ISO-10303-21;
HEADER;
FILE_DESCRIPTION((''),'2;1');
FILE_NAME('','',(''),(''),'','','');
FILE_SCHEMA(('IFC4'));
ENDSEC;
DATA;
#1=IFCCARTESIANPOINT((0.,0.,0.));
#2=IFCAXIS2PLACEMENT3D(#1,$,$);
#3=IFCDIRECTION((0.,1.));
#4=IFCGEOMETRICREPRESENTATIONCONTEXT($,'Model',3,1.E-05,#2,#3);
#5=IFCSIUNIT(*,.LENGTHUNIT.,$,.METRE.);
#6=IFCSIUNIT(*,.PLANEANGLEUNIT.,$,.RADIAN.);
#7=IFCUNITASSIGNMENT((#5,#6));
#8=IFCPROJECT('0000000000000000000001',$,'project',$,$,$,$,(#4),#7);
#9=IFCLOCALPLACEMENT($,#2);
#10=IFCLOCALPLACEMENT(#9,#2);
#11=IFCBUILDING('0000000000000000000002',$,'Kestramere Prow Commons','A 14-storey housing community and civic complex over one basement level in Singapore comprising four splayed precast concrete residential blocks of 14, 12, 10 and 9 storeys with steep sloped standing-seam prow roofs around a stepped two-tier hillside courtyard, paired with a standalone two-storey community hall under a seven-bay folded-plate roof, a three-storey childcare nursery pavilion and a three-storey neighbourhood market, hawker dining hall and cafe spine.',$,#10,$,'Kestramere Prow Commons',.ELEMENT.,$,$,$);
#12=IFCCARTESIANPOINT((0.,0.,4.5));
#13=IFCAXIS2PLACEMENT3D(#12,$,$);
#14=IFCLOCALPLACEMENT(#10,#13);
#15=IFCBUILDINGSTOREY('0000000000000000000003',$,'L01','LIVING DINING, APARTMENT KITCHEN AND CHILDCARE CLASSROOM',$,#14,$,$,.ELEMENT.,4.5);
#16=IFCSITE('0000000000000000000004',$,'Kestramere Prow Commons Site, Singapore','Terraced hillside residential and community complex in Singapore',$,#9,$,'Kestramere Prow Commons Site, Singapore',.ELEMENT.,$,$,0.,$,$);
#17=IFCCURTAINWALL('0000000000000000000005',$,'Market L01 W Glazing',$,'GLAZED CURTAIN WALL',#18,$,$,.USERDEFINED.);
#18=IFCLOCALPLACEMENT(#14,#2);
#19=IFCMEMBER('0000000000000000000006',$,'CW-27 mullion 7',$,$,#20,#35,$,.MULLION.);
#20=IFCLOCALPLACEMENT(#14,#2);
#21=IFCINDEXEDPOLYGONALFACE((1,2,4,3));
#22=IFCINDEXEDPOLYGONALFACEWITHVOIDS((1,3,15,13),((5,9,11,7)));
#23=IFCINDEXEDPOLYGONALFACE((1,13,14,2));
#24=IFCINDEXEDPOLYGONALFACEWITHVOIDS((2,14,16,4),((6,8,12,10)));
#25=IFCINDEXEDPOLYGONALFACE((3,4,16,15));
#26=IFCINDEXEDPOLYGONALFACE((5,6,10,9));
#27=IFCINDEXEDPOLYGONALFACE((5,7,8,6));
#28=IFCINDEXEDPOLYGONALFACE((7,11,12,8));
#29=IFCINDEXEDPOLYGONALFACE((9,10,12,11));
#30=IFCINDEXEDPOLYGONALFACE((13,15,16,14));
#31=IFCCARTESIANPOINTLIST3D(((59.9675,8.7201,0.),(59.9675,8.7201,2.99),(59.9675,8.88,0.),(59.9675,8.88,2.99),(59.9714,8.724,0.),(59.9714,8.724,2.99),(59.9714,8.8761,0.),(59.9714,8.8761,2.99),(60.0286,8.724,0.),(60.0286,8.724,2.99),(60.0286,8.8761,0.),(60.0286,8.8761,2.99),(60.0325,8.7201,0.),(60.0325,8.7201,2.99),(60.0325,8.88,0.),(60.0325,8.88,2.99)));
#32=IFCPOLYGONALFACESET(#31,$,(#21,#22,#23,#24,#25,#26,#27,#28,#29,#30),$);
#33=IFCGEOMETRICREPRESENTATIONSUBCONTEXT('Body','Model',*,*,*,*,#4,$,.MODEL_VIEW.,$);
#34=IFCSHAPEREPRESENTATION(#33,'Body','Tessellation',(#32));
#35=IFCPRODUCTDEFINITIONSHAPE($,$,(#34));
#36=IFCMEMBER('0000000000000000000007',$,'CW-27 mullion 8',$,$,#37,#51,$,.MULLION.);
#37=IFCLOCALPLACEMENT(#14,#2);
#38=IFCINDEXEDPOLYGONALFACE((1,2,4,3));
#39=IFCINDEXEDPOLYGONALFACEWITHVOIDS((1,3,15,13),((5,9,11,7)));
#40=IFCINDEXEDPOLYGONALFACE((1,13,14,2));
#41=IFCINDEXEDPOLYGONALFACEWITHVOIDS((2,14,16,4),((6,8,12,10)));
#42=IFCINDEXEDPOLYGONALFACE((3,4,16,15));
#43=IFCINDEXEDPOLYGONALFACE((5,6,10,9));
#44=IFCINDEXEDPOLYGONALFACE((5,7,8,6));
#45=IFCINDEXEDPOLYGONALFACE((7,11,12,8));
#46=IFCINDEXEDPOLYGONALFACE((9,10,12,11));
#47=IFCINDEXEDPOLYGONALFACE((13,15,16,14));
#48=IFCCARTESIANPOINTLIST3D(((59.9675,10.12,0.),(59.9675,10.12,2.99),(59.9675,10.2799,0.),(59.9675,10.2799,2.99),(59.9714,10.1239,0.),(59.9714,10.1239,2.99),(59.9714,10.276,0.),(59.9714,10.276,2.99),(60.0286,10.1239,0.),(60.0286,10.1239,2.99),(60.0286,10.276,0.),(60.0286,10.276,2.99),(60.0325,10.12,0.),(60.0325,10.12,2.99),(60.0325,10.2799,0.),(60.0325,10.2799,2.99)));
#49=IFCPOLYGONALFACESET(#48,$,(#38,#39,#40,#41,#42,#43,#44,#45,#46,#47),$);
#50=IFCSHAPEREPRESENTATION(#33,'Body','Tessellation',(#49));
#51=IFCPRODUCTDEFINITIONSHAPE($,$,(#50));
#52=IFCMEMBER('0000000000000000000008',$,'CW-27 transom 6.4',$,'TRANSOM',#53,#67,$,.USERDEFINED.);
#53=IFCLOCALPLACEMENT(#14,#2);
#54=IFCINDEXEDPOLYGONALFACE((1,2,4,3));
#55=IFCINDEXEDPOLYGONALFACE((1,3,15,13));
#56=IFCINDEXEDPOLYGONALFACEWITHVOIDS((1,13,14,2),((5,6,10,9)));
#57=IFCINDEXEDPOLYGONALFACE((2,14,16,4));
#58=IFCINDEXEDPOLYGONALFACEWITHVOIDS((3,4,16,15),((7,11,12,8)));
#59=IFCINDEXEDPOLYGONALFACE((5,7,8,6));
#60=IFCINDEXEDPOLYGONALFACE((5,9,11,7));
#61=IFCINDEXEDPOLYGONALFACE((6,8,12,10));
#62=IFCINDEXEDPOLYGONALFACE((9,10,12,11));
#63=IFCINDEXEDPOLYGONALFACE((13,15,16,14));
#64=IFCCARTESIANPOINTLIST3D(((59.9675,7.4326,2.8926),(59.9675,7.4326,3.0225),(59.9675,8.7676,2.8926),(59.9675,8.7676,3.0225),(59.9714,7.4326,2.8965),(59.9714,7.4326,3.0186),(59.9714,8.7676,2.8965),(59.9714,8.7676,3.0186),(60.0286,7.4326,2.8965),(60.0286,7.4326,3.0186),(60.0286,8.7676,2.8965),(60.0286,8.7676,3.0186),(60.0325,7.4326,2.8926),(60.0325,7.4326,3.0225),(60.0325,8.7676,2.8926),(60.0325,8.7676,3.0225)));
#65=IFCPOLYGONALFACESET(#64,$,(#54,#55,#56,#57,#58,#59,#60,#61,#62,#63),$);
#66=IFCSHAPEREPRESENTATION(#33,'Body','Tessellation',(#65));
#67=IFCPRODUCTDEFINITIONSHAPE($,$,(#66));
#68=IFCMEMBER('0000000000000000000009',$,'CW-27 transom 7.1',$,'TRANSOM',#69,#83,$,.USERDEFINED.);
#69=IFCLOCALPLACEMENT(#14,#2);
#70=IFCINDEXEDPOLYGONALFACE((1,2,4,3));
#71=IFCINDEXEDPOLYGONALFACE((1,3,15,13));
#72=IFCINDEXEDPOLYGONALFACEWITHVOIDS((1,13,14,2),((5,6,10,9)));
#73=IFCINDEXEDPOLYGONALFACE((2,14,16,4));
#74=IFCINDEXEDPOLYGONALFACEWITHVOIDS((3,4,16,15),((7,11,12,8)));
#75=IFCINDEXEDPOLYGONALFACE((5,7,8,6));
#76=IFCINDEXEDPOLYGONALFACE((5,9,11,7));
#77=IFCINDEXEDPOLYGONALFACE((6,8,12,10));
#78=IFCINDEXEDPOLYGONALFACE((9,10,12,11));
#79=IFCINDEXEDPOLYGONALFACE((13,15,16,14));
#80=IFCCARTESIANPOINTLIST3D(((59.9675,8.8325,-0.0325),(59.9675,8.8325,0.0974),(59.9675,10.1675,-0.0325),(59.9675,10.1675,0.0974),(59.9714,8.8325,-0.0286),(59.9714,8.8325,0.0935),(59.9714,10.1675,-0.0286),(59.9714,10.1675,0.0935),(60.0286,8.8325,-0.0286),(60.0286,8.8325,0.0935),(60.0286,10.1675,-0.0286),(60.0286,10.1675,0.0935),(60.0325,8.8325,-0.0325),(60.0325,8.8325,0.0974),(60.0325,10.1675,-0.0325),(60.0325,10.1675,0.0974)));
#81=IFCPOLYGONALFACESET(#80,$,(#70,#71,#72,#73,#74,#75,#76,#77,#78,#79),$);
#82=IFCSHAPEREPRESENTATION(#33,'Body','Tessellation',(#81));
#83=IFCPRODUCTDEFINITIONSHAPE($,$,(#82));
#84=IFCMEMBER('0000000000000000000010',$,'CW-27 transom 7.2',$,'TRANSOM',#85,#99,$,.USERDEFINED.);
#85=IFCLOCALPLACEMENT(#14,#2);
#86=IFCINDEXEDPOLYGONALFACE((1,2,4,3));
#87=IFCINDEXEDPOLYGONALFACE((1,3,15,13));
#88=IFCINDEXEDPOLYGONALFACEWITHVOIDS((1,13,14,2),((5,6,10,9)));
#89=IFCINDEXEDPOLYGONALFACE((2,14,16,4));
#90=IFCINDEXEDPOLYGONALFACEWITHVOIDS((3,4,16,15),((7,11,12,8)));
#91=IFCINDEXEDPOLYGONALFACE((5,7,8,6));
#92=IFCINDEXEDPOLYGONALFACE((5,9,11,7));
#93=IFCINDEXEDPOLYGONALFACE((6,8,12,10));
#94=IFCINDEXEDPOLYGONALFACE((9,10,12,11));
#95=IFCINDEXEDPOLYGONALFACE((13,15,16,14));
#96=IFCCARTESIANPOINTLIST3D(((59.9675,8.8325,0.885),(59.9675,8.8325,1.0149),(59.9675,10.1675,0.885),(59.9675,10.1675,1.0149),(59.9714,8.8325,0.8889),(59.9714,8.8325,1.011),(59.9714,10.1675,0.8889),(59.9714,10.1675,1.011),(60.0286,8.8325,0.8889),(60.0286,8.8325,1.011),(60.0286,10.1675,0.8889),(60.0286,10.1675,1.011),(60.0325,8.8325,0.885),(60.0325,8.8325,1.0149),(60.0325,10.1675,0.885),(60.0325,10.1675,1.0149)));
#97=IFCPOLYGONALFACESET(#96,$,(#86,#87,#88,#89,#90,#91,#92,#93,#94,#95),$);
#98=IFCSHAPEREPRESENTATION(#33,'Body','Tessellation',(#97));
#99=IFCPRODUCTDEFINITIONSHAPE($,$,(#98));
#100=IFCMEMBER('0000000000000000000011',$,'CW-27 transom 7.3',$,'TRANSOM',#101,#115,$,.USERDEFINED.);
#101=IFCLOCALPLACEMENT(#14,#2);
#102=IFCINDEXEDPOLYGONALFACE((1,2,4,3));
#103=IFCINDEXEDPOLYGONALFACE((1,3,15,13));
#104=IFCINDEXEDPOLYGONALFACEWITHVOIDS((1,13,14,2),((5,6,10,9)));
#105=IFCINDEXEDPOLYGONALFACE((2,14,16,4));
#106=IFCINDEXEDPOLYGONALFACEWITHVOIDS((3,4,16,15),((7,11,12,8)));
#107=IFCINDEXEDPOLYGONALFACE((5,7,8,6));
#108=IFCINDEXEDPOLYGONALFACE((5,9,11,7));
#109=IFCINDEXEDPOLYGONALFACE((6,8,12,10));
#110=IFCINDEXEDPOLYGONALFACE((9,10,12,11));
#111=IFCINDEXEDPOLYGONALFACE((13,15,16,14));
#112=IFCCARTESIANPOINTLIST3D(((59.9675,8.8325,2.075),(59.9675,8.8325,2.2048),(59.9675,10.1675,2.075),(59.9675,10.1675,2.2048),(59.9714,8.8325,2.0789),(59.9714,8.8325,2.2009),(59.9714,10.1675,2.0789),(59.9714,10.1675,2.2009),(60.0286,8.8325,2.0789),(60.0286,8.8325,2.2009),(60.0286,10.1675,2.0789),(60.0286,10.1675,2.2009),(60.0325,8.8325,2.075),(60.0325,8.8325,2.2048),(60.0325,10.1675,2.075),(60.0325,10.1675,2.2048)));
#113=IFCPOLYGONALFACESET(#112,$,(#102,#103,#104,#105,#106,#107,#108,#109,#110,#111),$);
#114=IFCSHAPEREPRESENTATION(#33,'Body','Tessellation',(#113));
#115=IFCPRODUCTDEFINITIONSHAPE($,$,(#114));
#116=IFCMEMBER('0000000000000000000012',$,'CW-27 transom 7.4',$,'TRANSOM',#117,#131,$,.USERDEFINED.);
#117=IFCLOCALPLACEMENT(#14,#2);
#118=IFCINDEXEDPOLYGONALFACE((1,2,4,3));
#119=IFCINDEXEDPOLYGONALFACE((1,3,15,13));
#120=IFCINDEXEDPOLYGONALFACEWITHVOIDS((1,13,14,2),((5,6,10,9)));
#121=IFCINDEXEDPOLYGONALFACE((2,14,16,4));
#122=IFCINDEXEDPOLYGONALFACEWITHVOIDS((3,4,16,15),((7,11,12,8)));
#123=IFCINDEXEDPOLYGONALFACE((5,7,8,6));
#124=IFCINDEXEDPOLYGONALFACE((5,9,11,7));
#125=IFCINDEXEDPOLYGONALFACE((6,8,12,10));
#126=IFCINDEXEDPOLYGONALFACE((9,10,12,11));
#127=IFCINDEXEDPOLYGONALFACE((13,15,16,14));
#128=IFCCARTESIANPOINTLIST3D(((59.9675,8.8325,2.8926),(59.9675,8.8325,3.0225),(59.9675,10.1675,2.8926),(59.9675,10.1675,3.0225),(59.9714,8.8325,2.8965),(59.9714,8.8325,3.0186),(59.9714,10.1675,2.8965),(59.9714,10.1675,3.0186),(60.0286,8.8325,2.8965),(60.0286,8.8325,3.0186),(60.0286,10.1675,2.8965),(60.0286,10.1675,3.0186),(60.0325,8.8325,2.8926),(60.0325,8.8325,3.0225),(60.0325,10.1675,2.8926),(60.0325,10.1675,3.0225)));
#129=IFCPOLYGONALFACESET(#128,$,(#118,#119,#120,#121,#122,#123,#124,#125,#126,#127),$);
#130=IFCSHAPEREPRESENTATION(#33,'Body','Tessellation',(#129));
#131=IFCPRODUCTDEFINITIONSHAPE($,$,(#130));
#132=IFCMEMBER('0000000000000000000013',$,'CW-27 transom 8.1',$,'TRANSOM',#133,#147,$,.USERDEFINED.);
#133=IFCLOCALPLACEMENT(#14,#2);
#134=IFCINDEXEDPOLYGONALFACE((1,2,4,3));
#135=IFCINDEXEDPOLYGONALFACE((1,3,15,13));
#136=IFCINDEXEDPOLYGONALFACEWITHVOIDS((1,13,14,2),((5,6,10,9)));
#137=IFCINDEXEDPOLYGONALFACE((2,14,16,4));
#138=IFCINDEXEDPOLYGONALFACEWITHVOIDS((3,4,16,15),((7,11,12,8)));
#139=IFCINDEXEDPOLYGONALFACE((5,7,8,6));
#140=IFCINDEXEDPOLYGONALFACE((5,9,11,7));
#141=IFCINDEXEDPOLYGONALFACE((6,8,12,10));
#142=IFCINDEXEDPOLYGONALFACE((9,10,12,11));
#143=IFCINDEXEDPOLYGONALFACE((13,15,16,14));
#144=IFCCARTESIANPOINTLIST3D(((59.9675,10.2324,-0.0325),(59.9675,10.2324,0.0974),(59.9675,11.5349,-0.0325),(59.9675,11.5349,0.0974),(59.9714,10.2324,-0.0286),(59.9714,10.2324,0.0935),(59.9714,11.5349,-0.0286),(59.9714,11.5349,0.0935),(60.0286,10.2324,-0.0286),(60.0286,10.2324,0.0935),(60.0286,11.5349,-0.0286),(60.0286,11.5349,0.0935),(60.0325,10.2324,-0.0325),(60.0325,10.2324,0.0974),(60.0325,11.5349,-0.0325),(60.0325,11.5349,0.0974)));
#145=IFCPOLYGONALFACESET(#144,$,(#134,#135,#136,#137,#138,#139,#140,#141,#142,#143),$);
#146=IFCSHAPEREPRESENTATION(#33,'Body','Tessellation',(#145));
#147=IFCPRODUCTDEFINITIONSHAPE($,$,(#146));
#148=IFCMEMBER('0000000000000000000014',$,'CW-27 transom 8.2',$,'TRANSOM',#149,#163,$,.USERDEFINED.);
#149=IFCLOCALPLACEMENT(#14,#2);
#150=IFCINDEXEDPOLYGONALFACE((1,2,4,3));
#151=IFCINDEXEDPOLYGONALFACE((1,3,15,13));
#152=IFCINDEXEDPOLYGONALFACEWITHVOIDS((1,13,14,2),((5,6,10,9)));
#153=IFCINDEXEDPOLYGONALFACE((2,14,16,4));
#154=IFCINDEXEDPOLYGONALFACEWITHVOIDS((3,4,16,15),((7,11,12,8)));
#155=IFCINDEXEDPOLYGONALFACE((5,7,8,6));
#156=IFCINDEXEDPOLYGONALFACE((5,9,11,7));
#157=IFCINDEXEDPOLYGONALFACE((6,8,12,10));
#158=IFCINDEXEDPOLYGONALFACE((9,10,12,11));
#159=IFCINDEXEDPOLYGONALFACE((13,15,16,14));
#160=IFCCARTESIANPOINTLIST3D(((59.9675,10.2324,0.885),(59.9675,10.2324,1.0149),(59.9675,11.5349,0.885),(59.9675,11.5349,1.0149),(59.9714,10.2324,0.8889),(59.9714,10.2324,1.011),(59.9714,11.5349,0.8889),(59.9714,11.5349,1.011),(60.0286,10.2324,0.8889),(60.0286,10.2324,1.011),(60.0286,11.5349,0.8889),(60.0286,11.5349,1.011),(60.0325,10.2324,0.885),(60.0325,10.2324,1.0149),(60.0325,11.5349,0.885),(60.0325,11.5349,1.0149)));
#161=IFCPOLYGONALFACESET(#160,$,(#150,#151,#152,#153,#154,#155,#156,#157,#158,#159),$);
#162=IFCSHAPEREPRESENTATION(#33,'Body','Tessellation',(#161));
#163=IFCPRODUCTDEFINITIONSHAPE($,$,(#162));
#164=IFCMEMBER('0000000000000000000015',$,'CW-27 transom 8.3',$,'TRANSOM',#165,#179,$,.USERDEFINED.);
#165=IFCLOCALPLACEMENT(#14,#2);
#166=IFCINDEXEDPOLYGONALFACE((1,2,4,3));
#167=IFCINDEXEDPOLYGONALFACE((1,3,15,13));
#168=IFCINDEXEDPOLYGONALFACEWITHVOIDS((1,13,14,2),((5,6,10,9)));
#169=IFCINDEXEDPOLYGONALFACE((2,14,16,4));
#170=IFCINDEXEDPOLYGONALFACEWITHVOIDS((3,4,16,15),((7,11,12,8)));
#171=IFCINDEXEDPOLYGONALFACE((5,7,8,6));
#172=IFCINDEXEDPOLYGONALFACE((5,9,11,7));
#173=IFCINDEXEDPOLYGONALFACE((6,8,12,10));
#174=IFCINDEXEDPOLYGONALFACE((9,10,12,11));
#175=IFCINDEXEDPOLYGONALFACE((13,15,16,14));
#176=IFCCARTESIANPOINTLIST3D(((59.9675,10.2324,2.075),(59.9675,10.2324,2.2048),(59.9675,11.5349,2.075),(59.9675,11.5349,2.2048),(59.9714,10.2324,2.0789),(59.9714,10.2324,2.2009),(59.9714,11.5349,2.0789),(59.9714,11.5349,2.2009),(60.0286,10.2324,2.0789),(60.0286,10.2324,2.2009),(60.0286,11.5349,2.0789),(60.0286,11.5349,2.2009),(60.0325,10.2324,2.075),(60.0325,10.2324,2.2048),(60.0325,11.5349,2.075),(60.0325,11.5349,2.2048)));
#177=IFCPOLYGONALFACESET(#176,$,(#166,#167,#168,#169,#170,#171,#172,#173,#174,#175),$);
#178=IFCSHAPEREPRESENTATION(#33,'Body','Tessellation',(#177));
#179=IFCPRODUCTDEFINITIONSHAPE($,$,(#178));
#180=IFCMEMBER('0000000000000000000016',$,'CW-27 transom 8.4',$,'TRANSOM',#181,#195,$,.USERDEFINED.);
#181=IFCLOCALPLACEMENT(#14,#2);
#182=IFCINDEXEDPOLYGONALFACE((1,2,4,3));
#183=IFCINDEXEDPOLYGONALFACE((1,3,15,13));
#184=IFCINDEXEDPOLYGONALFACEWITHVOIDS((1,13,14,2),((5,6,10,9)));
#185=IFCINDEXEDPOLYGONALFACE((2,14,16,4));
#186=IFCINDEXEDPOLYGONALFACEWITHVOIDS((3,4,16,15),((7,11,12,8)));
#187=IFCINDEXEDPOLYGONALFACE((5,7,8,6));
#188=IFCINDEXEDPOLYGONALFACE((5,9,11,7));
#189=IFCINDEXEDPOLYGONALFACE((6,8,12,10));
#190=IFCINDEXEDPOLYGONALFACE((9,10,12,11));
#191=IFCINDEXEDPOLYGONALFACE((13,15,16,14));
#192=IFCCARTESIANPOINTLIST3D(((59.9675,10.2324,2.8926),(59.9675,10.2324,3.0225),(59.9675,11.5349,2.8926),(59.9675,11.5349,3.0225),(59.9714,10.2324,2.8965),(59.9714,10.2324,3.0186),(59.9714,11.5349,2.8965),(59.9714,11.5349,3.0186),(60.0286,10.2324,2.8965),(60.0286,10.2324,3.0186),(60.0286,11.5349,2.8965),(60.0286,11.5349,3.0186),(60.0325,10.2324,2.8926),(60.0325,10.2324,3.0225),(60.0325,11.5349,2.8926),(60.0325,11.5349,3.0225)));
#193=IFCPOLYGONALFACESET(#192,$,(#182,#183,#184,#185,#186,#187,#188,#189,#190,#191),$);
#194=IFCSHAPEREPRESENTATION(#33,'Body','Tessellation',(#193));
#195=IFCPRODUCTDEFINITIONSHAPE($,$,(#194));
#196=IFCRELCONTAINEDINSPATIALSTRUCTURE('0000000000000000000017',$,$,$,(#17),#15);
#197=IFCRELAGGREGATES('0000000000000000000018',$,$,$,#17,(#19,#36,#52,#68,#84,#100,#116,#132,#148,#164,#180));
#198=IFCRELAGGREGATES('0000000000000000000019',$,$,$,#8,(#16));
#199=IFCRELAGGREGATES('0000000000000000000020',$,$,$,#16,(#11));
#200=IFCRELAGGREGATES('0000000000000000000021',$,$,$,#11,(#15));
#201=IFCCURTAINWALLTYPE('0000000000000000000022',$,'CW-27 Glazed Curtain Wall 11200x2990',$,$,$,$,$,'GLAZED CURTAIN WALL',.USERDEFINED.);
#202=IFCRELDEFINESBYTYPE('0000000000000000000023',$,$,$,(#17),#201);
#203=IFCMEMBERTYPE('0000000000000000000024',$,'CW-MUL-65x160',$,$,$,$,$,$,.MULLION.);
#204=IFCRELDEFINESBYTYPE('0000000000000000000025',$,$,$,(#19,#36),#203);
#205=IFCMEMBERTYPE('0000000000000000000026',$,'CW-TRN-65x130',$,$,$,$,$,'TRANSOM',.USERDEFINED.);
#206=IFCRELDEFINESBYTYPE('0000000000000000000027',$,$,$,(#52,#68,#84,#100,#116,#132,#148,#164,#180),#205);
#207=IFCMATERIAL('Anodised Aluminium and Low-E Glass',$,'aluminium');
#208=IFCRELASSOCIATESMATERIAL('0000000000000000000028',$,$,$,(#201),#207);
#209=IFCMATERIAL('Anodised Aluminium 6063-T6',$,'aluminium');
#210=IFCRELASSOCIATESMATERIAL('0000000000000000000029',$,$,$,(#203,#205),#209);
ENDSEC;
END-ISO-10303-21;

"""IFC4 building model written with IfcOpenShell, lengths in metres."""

from ifc_helpers import new_model, si_unit, direction, frame, origin, origin_2d, place, context, subcontext, project, spatial, hollow_rectangle, extrude, material, material_profile, profile_set, type_object, element, aggregate, save


model = new_model("IFC4")

# Units and contexts
model_context = context("Model", 3, precision=1e-05, world=origin(), true_north=direction((0.0, 1.0)))
body_context = subcontext(model_context, "Body", "Model", "MODEL_VIEW")
ifc_project = project(units=[si_unit("LENGTHUNIT", "METRE"), si_unit("PLANEANGLEUNIT", "RADIAN")], contexts=[model_context])

# Site, building, storey
site_placement = place(None, origin())
site = spatial("IfcSite", under=ifc_project, at=site_placement, Name="Kestramere Prow Commons Site, Singapore", Description="Terraced hillside residential and community complex in Singapore", LongName="Kestramere Prow Commons Site, Singapore", CompositionType="ELEMENT", RefElevation=0.0)
building_placement = place(site_placement, origin())
building = spatial("IfcBuilding", under=site, at=building_placement, Name="Kestramere Prow Commons", Description="A 14-storey housing community and civic complex over one basement level in Singapore comprising four splayed precast concrete residential blocks of 14, 12, 10 and 9 storeys with steep sloped standing-seam prow roofs around a stepped two-tier hillside courtyard, paired with a standalone two-storey community hall under a seven-bay folded-plate roof, a three-storey childcare nursery pavilion and a three-storey neighbourhood market, hawker dining hall and cafe spine.", LongName="Kestramere Prow Commons", CompositionType="ELEMENT")
storey_placement = place(building_placement, frame((0.0, 0.0, 4.5)))
storey = spatial("IfcBuildingStorey", under=building, at=storey_placement, Name="L01", Description="LIVING DINING, APARTMENT KITCHEN AND CHILDCARE CLASSROOM", CompositionType="ELEMENT", Elevation=4.5)

# Curtain wall, members
ifc_material_1 = material(Name="Anodised Aluminium and Low-E Glass", Category="aluminium")
curtain_wall_type = type_object("IfcCurtainWallType", Name="CW-27 Glazed Curtain Wall 11200x2990", ElementType="GLAZED CURTAIN WALL", PredefinedType="USERDEFINED", material=ifc_material_1)
curtain_wall_placement = place(storey_placement, origin())
curtain_wall = element("IfcCurtainWall", 1, at=curtain_wall_placement, inside=storey, type_object=curtain_wall_type, Name="Market L01 W Glazing", ObjectType="GLAZED CURTAIN WALL", PredefinedType="USERDEFINED")
ifc_material_2 = material(Name="Anodised Aluminium 6063-T6", Category="aluminium")
ifc_material_profile_1 = material_profile(ifc_material_2, hollow_rectangle(XDim=0.0649, YDim=0.1599, WallThickness=0.0039, at=origin_2d()), Name="ALU-MUL 65x160")
ifc_profile_set_1 = profile_set([ifc_material_profile_1], Name="Anodised Aluminium 6063-T6")
member_type_1 = type_object("IfcMemberType", Name="CW-MUL-65x160", PredefinedType="MULLION", material=ifc_profile_set_1)
member_1_placement = place(storey_placement, frame((60.0, 8.8, 0.0), z_axis=(0.0, 0.0, 1.0), x_axis=(-1.0, 0.0, 0.0)))
member_1 = element("IfcMember", 2, at=member_1_placement, type_object=member_type_1, Name="CW-27 mullion 7", PredefinedType="MULLION", context=body_context, shape_type="SweptSolid", body=[
    extrude(hollow_rectangle(XDim=0.0649, YDim=0.1599, WallThickness=0.0039, at=origin_2d()), origin(), (0.0, 0.0, 1.0), 2.99),
])
member_2_placement = place(storey_placement, frame((60.0, 10.2, 0.0), z_axis=(0.0, 0.0, 1.0), x_axis=(-1.0, 0.0, 0.0)))
member_2 = element("IfcMember", 3, at=member_2_placement, type_object=member_type_1, Name="CW-27 mullion 8", PredefinedType="MULLION", context=body_context, shape_type="SweptSolid", body=[
    extrude(hollow_rectangle(XDim=0.0649, YDim=0.1599, WallThickness=0.0039, at=origin_2d()), origin(), (0.0, 0.0, 1.0), 2.99),
])
ifc_material_profile_2 = material_profile(ifc_material_2, hollow_rectangle(XDim=0.0649, YDim=0.1299, WallThickness=0.0039, at=origin_2d()), Name="ALU-TRN 65x130")
ifc_profile_set_2 = profile_set([ifc_material_profile_2], Name="Anodised Aluminium 6063-T6")
member_type_2 = type_object("IfcMemberType", Name="CW-TRN-65x130", ElementType="TRANSOM", PredefinedType="USERDEFINED", material=ifc_profile_set_2)
member_3_placement = place(storey_placement, frame((60.0, 7.4326, 2.9575), z_axis=(0.0, 1.0, 0.0), x_axis=(-1.0, 0.0, 0.0)))
member_3 = element("IfcMember", 4, at=member_3_placement, type_object=member_type_2, Name="CW-27 transom 6.4", ObjectType="TRANSOM", PredefinedType="USERDEFINED", context=body_context, shape_type="SweptSolid", body=[
    extrude(hollow_rectangle(XDim=0.0649, YDim=0.1299, WallThickness=0.0039, at=origin_2d()), origin(), (0.0, 0.0, 1.0), 1.335),
])
member_4_placement = place(storey_placement, frame((60.0, 8.8325, 0.0325), z_axis=(0.0, 1.0, 0.0), x_axis=(-1.0, 0.0, 0.0)))
member_4 = element("IfcMember", 5, at=member_4_placement, type_object=member_type_2, Name="CW-27 transom 7.1", ObjectType="TRANSOM", PredefinedType="USERDEFINED", context=body_context, shape_type="SweptSolid", body=[
    extrude(hollow_rectangle(XDim=0.0649, YDim=0.1299, WallThickness=0.0039, at=origin_2d()), origin(), (0.0, 0.0, 1.0), 1.335),
])
member_5_placement = place(storey_placement, frame((60.0, 8.8325, 0.95), z_axis=(0.0, 1.0, 0.0), x_axis=(-1.0, 0.0, 0.0)))
member_5 = element("IfcMember", 6, at=member_5_placement, type_object=member_type_2, Name="CW-27 transom 7.2", ObjectType="TRANSOM", PredefinedType="USERDEFINED", context=body_context, shape_type="SweptSolid", body=[
    extrude(hollow_rectangle(XDim=0.0649, YDim=0.1299, WallThickness=0.0039, at=origin_2d()), origin(), (0.0, 0.0, 1.0), 1.335),
])
member_6_placement = place(storey_placement, frame((60.0, 8.8325, 2.1399), z_axis=(0.0, 1.0, 0.0), x_axis=(-1.0, 0.0, 0.0)))
member_6 = element("IfcMember", 7, at=member_6_placement, type_object=member_type_2, Name="CW-27 transom 7.3", ObjectType="TRANSOM", PredefinedType="USERDEFINED", context=body_context, shape_type="SweptSolid", body=[
    extrude(hollow_rectangle(XDim=0.0649, YDim=0.1299, WallThickness=0.0039, at=origin_2d()), origin(), (0.0, 0.0, 1.0), 1.335),
])
member_7_placement = place(storey_placement, frame((60.0, 8.8325, 2.9575), z_axis=(0.0, 1.0, 0.0), x_axis=(-1.0, 0.0, 0.0)))
member_7 = element("IfcMember", 8, at=member_7_placement, type_object=member_type_2, Name="CW-27 transom 7.4", ObjectType="TRANSOM", PredefinedType="USERDEFINED", context=body_context, shape_type="SweptSolid", body=[
    extrude(hollow_rectangle(XDim=0.0649, YDim=0.1299, WallThickness=0.0039, at=origin_2d()), origin(), (0.0, 0.0, 1.0), 1.335),
])
member_8_placement = place(storey_placement, frame((60.0, 10.2324, 0.0325), z_axis=(0.0, 1.0, 0.0), x_axis=(-1.0, 0.0, 0.0)))
member_8 = element("IfcMember", 9, at=member_8_placement, type_object=member_type_2, Name="CW-27 transom 8.1", ObjectType="TRANSOM", PredefinedType="USERDEFINED", context=body_context, shape_type="SweptSolid", body=[
    extrude(hollow_rectangle(XDim=0.0649, YDim=0.1299, WallThickness=0.0039, at=origin_2d()), origin(), (0.0, 0.0, 1.0), 1.3025),
])
member_9_placement = place(storey_placement, frame((60.0, 10.2324, 0.95), z_axis=(0.0, 1.0, 0.0), x_axis=(-1.0, 0.0, 0.0)))
member_9 = element("IfcMember", 10, at=member_9_placement, type_object=member_type_2, Name="CW-27 transom 8.2", ObjectType="TRANSOM", PredefinedType="USERDEFINED", context=body_context, shape_type="SweptSolid", body=[
    extrude(hollow_rectangle(XDim=0.0649, YDim=0.1299, WallThickness=0.0039, at=origin_2d()), origin(), (0.0, 0.0, 1.0), 1.3025),
])
member_10_placement = place(storey_placement, frame((60.0, 10.2324, 2.1399), z_axis=(0.0, 1.0, 0.0), x_axis=(-1.0, 0.0, 0.0)))
member_10 = element("IfcMember", 11, at=member_10_placement, type_object=member_type_2, Name="CW-27 transom 8.3", ObjectType="TRANSOM", PredefinedType="USERDEFINED", context=body_context, shape_type="SweptSolid", body=[
    extrude(hollow_rectangle(XDim=0.0649, YDim=0.1299, WallThickness=0.0039, at=origin_2d()), origin(), (0.0, 0.0, 1.0), 1.3025),
])
member_11_placement = place(storey_placement, frame((60.0, 10.2324, 2.9575), z_axis=(0.0, 1.0, 0.0), x_axis=(-1.0, 0.0, 0.0)))
member_11 = element("IfcMember", 12, at=member_11_placement, type_object=member_type_2, Name="CW-27 transom 8.4", ObjectType="TRANSOM", PredefinedType="USERDEFINED", context=body_context, shape_type="SweptSolid", body=[
    extrude(hollow_rectangle(XDim=0.0649, YDim=0.1299, WallThickness=0.0039, at=origin_2d()), origin(), (0.0, 0.0, 1.0), 1.3025),
])
aggregate(curtain_wall, [member_1, member_2, member_3, member_4, member_5, member_6, member_7, member_8, member_9, member_10, member_11])

save(model, "model.ifc")
